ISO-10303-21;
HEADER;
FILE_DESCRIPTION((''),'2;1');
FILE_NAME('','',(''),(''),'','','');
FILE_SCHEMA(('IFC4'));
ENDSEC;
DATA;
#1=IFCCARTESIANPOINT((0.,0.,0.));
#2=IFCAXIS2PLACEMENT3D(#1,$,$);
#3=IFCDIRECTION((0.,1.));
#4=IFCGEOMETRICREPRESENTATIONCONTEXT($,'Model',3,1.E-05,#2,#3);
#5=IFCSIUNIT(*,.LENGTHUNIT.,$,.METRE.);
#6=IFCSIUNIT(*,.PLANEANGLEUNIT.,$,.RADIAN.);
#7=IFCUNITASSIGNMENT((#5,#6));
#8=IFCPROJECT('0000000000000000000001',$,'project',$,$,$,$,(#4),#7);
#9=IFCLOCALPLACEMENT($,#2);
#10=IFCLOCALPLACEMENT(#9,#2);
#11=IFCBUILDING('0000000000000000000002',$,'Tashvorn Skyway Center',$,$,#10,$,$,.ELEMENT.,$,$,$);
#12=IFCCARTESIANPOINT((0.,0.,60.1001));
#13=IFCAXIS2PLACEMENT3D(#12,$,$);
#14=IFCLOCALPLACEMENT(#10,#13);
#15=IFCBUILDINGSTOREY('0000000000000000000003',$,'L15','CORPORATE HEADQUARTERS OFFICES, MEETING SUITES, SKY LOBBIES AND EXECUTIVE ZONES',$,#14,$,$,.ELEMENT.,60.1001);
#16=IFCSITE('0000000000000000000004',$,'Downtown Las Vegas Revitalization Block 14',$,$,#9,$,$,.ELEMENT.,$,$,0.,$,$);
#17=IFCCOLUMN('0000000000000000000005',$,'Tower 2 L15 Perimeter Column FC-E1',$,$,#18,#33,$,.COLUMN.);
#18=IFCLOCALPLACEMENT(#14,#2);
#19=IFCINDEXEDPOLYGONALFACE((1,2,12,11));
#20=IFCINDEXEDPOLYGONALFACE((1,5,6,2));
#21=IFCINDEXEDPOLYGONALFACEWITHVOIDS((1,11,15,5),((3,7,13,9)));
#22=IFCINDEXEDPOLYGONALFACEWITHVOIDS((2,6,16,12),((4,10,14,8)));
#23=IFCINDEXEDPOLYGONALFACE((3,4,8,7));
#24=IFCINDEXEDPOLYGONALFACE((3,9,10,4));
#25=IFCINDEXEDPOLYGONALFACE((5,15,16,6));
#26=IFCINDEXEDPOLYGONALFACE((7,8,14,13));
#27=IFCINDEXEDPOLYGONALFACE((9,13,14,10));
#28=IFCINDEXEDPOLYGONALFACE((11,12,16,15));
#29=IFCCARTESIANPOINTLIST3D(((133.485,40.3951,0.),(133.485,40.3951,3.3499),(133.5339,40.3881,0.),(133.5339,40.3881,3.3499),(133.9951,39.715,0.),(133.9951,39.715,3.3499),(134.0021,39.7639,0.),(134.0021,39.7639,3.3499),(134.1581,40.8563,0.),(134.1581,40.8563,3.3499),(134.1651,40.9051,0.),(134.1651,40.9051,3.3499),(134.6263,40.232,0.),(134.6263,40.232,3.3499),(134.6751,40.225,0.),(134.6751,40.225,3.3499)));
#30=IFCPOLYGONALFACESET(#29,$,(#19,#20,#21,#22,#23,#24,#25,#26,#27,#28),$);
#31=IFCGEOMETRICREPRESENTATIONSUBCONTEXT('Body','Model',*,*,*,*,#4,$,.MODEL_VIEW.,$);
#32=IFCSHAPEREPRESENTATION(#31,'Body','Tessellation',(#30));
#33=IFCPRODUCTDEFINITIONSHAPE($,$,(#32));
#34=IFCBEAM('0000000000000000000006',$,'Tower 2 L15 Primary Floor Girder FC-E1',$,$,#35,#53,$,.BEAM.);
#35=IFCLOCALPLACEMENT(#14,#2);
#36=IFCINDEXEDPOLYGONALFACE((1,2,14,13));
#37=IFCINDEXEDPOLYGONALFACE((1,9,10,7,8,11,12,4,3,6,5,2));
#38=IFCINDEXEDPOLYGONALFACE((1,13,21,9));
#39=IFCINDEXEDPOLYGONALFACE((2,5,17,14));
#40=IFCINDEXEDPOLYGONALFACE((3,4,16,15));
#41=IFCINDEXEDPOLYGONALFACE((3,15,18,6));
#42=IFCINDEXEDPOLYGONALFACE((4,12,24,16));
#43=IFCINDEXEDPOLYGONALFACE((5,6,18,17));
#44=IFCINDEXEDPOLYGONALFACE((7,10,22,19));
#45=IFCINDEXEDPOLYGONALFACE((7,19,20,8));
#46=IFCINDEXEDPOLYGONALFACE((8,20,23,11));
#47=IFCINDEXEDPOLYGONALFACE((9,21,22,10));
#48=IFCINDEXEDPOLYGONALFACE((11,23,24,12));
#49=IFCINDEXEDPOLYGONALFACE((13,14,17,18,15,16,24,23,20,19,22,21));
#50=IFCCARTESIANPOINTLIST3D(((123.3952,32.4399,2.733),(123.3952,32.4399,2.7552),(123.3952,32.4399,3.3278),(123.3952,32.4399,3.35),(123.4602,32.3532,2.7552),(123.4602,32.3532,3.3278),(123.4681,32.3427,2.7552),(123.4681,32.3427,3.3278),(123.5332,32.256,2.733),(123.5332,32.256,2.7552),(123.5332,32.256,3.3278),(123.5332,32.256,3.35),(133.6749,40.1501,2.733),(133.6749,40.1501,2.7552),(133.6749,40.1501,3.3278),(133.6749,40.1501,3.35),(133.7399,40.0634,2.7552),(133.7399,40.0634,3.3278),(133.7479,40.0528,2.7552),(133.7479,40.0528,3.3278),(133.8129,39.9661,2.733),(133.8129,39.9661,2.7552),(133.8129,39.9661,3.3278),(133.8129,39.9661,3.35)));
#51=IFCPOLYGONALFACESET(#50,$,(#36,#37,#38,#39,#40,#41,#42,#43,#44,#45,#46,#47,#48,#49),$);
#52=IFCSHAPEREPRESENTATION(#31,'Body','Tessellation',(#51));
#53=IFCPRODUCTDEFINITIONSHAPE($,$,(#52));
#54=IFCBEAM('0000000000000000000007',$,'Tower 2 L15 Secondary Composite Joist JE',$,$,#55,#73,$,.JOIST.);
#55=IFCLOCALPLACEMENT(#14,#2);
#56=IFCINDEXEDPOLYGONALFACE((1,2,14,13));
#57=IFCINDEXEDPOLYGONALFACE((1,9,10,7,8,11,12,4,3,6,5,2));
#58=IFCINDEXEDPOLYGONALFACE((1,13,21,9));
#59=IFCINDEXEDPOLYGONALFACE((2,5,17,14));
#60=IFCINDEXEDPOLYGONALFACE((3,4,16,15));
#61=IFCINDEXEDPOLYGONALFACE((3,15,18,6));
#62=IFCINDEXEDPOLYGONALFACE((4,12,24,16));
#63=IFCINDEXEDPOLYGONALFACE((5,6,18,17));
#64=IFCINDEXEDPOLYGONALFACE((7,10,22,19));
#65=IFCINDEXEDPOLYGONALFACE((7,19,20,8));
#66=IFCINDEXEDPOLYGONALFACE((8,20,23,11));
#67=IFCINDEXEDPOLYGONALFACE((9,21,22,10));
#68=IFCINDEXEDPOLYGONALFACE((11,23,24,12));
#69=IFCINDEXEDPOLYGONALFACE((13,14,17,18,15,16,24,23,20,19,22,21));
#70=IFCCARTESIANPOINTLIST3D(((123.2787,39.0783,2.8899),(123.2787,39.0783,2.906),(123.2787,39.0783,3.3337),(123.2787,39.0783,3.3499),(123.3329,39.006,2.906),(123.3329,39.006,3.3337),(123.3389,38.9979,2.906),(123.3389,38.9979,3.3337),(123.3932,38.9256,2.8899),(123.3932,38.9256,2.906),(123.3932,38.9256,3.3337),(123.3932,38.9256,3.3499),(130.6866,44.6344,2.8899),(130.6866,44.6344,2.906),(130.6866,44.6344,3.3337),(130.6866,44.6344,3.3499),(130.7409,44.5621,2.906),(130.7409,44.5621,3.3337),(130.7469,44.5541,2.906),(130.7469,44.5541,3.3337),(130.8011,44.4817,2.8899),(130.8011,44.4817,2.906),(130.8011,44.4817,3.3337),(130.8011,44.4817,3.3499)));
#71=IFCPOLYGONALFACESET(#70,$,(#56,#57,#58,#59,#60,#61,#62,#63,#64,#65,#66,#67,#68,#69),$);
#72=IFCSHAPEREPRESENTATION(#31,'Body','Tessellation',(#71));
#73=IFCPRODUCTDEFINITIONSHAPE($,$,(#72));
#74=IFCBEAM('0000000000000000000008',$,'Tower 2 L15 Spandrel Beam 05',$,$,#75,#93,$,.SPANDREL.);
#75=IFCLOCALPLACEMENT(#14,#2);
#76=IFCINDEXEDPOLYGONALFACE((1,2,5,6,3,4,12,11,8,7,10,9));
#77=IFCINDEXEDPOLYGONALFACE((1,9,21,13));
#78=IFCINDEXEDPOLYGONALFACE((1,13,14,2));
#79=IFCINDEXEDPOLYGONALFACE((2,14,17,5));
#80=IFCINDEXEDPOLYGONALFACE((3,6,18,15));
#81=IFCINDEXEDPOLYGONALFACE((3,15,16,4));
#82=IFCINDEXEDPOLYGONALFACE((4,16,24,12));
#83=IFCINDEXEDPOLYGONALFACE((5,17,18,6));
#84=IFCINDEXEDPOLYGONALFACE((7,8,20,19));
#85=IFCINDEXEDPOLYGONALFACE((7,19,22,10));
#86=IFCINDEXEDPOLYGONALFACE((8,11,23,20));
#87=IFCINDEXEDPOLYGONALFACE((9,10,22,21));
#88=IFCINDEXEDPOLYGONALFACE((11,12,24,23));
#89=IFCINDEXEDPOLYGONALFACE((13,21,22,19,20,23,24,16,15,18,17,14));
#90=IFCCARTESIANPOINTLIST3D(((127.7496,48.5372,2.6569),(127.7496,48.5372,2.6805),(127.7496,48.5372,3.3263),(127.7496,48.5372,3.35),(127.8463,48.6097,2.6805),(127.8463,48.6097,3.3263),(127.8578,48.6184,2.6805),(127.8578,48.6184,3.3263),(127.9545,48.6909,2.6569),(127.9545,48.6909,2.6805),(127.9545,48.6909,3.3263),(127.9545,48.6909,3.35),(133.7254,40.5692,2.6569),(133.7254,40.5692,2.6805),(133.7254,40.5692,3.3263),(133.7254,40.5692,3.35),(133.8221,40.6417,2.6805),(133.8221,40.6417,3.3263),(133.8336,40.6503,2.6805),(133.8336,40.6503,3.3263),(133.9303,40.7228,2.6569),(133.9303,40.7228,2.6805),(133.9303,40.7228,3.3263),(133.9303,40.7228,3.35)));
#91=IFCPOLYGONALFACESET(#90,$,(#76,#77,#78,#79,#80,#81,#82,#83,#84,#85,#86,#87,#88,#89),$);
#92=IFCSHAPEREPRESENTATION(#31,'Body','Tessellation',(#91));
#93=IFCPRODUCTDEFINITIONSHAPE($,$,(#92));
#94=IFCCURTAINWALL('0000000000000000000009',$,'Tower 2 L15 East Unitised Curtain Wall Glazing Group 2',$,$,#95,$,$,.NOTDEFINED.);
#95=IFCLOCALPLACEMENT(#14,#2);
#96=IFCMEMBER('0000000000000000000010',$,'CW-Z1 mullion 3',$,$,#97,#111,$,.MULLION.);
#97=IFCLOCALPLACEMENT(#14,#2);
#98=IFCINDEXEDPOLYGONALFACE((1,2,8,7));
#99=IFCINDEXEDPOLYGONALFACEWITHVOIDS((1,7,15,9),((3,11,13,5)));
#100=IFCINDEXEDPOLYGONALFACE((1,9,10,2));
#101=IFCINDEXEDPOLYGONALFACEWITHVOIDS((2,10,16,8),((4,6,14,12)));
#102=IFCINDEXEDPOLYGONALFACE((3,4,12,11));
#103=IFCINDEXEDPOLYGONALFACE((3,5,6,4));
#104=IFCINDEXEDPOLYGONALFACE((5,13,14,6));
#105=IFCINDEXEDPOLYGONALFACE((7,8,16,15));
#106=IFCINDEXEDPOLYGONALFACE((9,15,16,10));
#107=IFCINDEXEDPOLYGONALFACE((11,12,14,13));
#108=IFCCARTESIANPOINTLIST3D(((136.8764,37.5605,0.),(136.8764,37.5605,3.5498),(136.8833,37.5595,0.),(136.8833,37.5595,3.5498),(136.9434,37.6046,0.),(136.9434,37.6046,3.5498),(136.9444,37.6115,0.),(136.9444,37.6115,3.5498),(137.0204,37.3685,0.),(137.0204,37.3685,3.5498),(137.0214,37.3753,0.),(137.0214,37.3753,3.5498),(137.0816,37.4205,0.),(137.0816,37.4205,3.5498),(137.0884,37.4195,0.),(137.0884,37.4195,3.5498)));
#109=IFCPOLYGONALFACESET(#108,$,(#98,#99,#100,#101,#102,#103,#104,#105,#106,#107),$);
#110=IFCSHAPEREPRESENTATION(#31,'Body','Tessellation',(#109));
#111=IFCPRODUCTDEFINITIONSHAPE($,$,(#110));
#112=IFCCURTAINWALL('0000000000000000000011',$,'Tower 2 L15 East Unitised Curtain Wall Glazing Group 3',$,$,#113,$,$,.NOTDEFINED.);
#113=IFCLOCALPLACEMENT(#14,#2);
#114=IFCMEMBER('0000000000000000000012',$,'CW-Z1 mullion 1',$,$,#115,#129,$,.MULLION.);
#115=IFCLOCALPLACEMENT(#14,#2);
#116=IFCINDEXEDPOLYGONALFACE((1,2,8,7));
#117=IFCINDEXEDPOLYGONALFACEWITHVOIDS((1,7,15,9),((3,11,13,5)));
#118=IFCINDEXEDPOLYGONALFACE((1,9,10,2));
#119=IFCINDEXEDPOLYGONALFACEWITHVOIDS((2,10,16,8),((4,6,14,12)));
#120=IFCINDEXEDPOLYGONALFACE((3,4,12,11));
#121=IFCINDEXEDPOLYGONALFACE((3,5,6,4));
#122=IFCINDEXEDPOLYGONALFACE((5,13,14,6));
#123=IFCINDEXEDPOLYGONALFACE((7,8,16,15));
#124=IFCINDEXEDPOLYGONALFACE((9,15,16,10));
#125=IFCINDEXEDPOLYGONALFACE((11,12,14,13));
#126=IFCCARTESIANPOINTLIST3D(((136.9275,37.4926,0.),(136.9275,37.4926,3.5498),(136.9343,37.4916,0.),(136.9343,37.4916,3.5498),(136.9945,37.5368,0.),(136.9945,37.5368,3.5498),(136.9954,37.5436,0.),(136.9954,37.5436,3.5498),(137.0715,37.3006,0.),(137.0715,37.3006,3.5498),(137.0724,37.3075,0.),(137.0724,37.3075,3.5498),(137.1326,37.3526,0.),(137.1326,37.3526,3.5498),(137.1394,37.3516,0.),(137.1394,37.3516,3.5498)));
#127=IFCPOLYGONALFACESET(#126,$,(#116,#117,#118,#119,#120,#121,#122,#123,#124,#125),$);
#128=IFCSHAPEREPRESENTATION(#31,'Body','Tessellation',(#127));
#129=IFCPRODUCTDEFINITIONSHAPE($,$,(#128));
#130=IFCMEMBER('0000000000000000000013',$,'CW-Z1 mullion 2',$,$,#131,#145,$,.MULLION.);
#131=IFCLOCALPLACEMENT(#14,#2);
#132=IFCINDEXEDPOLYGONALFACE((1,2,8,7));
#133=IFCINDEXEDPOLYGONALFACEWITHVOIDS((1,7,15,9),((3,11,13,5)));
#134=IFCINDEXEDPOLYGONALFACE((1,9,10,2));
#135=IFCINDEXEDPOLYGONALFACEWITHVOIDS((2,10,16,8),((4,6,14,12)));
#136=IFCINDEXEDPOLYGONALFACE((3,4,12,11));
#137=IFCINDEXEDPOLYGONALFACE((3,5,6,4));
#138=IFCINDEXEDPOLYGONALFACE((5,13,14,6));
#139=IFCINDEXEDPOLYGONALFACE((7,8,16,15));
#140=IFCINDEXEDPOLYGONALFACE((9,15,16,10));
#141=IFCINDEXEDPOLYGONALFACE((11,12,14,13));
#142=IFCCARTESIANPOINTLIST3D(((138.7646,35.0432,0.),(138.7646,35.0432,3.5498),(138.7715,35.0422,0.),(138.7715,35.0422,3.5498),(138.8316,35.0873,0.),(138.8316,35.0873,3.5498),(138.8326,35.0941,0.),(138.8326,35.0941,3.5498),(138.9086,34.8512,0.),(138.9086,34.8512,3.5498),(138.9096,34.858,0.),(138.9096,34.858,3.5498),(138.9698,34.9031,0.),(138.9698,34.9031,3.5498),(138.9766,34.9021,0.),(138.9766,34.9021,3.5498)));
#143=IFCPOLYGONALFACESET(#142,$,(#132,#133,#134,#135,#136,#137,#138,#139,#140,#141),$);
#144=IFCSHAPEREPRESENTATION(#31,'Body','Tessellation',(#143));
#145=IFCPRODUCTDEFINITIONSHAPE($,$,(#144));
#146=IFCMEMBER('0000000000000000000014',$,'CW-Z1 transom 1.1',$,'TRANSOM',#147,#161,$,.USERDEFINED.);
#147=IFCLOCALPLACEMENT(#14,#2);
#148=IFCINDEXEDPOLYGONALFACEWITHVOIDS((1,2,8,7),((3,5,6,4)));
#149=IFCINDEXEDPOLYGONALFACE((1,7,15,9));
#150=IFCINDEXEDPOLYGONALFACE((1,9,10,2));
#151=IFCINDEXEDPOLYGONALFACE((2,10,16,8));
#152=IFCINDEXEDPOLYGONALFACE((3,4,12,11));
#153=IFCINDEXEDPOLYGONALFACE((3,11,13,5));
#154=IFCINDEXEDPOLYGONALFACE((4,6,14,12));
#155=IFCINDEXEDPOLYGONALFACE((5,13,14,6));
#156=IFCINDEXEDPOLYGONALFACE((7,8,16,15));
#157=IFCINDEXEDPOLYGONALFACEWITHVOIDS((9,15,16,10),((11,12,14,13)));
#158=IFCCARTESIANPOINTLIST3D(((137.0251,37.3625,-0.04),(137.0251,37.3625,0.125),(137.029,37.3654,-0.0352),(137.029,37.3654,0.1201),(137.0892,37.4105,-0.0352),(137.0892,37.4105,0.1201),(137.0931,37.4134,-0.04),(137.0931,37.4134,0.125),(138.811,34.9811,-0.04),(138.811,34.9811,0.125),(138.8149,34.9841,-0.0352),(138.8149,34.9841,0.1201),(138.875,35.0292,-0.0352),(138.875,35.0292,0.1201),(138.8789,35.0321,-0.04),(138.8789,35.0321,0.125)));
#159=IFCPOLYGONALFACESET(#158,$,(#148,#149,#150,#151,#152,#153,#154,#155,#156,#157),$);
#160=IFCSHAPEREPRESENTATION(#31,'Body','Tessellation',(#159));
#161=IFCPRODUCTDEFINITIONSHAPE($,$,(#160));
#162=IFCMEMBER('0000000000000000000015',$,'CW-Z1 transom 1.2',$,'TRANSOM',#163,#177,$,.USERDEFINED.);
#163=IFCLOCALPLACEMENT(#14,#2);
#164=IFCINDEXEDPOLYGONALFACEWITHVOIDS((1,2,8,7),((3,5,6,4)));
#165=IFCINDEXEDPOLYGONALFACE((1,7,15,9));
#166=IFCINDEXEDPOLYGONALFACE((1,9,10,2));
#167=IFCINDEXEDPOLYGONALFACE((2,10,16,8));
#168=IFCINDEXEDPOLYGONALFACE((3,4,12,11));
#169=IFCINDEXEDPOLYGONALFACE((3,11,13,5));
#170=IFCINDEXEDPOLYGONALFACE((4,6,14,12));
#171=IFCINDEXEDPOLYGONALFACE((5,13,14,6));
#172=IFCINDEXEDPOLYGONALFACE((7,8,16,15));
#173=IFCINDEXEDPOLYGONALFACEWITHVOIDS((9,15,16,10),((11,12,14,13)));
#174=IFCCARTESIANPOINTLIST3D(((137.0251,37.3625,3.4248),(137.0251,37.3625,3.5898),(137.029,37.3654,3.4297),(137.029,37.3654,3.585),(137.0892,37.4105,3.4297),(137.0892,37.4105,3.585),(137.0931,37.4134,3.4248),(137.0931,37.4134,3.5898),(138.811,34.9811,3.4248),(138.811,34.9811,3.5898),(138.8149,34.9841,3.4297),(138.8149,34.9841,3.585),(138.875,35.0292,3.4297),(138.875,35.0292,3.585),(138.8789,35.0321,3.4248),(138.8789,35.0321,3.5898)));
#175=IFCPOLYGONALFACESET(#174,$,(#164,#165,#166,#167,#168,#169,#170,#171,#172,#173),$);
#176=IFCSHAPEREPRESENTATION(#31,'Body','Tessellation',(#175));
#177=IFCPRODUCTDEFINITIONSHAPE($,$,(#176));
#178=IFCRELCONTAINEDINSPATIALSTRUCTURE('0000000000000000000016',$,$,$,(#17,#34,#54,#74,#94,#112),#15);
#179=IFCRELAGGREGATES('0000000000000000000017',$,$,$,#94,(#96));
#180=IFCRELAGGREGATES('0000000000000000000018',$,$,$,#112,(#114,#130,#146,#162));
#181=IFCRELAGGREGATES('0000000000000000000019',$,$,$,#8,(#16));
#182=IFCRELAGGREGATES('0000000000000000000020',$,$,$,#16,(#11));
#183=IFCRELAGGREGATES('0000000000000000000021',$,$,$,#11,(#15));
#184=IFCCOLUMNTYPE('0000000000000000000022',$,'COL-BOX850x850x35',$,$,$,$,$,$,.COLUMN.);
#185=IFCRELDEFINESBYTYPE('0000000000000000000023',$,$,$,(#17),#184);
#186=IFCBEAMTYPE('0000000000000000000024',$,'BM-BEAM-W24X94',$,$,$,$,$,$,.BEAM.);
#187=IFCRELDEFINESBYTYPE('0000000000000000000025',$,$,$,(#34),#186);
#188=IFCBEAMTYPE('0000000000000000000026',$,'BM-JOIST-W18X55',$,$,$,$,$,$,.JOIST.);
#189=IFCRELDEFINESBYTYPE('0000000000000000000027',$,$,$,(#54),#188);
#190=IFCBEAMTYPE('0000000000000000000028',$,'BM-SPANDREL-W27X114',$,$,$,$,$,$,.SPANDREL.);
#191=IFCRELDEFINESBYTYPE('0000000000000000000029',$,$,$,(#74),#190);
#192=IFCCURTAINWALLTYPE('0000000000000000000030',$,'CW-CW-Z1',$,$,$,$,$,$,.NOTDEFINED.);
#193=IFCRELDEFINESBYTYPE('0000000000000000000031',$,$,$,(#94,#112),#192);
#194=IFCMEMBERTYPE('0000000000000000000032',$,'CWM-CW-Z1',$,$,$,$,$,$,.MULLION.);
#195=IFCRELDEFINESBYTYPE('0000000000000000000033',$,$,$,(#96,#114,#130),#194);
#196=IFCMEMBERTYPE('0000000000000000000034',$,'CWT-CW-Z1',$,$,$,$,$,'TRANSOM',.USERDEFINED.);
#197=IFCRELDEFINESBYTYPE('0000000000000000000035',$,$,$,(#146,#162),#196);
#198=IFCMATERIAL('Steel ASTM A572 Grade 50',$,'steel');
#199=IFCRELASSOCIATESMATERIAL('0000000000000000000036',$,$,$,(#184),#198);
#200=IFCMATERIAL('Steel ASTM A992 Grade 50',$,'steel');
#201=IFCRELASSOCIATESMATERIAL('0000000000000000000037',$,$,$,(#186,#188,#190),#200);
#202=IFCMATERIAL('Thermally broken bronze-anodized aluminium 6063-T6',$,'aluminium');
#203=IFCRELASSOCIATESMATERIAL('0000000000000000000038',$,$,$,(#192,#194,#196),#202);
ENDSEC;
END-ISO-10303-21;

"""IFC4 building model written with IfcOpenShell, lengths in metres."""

from ifc_helpers import new_model, si_unit, direction, frame, origin, origin_2d, place, context, subcontext, project, spatial, hollow_rectangle, i_section, extrude, material, material_profile, profile_set, type_object, element, aggregate, save


model = new_model("IFC4")

# Units and contexts
model_context = context("Model", 3, precision=1e-05, world=origin(), true_north=direction((0.0, 1.0)))
body_context = subcontext(model_context, "Body", "Model", "MODEL_VIEW")
ifc_project = project(units=[si_unit("LENGTHUNIT", "METRE"), si_unit("PLANEANGLEUNIT", "RADIAN")], contexts=[model_context])

# Site, building, storey
site_placement = place(None, origin())
site = spatial("IfcSite", under=ifc_project, at=site_placement, Name="Downtown Las Vegas Revitalization Block 14", CompositionType="ELEMENT", RefElevation=0.0)
building_placement = place(site_placement, origin())
building = spatial("IfcBuilding", under=site, at=building_placement, Name="Tashvorn Skyway Center", CompositionType="ELEMENT")
storey_placement = place(building_placement, frame((0.0, 0.0, 60.1001)))
storey = spatial("IfcBuildingStorey", under=building, at=storey_placement, Name="L15", Description="CORPORATE HEADQUARTERS OFFICES, MEETING SUITES, SKY LOBBIES AND EXECUTIVE ZONES", CompositionType="ELEMENT", Elevation=60.1001)

# Column
ifc_material_1 = material(Name="Steel ASTM A572 Grade 50", Category="steel")
ifc_material_profile_1 = material_profile(ifc_material_1, hollow_rectangle(XDim=0.8501, YDim=0.8501, WallThickness=0.0349, at=origin_2d()), Name="BOX850x850x35")
ifc_profile_set_1 = profile_set([ifc_material_profile_1], Name="Steel ASTM A572 Grade 50")
column_type = type_object("IfcColumnType", Name="COL-BOX850x850x35", PredefinedType="COLUMN", material=ifc_profile_set_1)
column_placement = place(storey_placement, frame((134.0801, 40.3101, 0.0), z_axis=(0.0, 0.0, 1.0), x_axis=(0.8, 0.6, 0.0)))
element("IfcColumn", 1, at=column_placement, inside=storey, type_object=column_type, Name="Tower 2 L15 Perimeter Column FC-E1", PredefinedType="COLUMN", context=body_context, shape_type="SweptSolid", body=[
    extrude(hollow_rectangle(XDim=0.8501, YDim=0.8501, WallThickness=0.0349, at=origin_2d()), origin(), (0.0, 0.0, 1.0), 3.3499),
])

# Beams
ifc_material_2 = material(Name="Steel ASTM A992 Grade 50", Category="steel")
ifc_material_profile_2 = material_profile(ifc_material_2, i_section(OverallWidth=0.23, OverallDepth=0.6169, WebThickness=0.0132, FlangeThickness=0.0222, at=origin_2d()), Name="W24X94")
ifc_profile_set_2 = profile_set([ifc_material_profile_2], Name="Steel ASTM A992 Grade 50")
beam_type_1 = type_object("IfcBeamType", Name="BM-BEAM-W24X94", PredefinedType="BEAM", material=ifc_profile_set_2)
beam_1_placement = place(storey_placement, frame((133.7439, 40.0581, 3.0415), z_axis=(-0.799986, -0.600018, 0.0), x_axis=(0.600018, -0.799986, 0.0)))
element("IfcBeam", 2, at=beam_1_placement, inside=storey, type_object=beam_type_1, Name="Tower 2 L15 Primary Floor Girder FC-E1", PredefinedType="BEAM", context=body_context, shape_type="SweptSolid", body=[
    extrude(i_section(OverallWidth=0.23, OverallDepth=0.6169, WebThickness=0.0132, FlangeThickness=0.0222, at=origin_2d()), origin(), (0.0, 0.0, 1.0), 12.8499),
])
ifc_material_profile_3 = material_profile(ifc_material_2, i_section(OverallWidth=0.1909, OverallDepth=0.46, WebThickness=0.01, FlangeThickness=0.0161, at=origin_2d()), Name="W18X55")
ifc_profile_set_3 = profile_set([ifc_material_profile_3], Name="Steel ASTM A992 Grade 50")
beam_type_2 = type_object("IfcBeamType", Name="BM-JOIST-W18X55", PredefinedType="JOIST", material=ifc_profile_set_3)
beam_2_placement = place(storey_placement, frame((123.3359, 39.002, 3.1199), z_axis=(0.799991, 0.600013, 0.0), x_axis=(-0.600013, 0.799991, 0.0)))
element("IfcBeam", 3, at=beam_2_placement, inside=storey, type_object=beam_type_2, Name="Tower 2 L15 Secondary Composite Joist JE", PredefinedType="JOIST", context=body_context, shape_type="SweptSolid", body=[
    extrude(i_section(OverallWidth=0.1909, OverallDepth=0.46, WebThickness=0.01, FlangeThickness=0.0161, at=origin_2d()), origin(), (0.0, 0.0, 1.0), 9.26),
])
ifc_material_profile_4 = material_profile(ifc_material_2, i_section(OverallWidth=0.2561, OverallDepth=0.6931, WebThickness=0.0144, FlangeThickness=0.0237, at=origin_2d()), Name="W27X114")
ifc_profile_set_4 = profile_set([ifc_material_profile_4], Name="Steel ASTM A992 Grade 50")
beam_type_3 = type_object("IfcBeamType", Name="BM-SPANDREL-W27X114", PredefinedType="SPANDREL", material=ifc_profile_set_4)
beam_3_placement = place(storey_placement, frame((133.8279, 40.646, 3.0034), z_axis=(-0.599988, 0.800009, 0.0), x_axis=(-0.800009, -0.599988, 0.0)))
element("IfcBeam", 4, at=beam_3_placement, inside=storey, type_object=beam_type_3, Name="Tower 2 L15 Spandrel Beam 05", PredefinedType="SPANDREL", context=body_context, shape_type="SweptSolid", body=[
    extrude(i_section(OverallWidth=0.2561, OverallDepth=0.6931, WebThickness=0.0144, FlangeThickness=0.0237, at=origin_2d()), origin(), (0.0, 0.0, 1.0), 9.96),
])

# Curtain wall, member
ifc_material_3 = material(Name="Thermally broken bronze-anodized aluminium 6063-T6", Category="aluminium")
curtain_wall_type = type_object("IfcCurtainWallType", Name="CW-CW-Z1", PredefinedType="NOTDEFINED", material=ifc_material_3)
curtain_wall_1_placement = place(storey_placement, origin())
curtain_wall_1 = element("IfcCurtainWall", 5, at=curtain_wall_1_placement, inside=storey, type_object=curtain_wall_type, Name="Tower 2 L15 East Unitised Curtain Wall Glazing Group 2", PredefinedType="NOTDEFINED")
ifc_material_profile_5 = material_profile(ifc_material_3, hollow_rectangle(XDim=0.085, YDim=0.24, WallThickness=0.0049, at=origin_2d()), Name="ALU-MULL-85x240")
ifc_profile_set_5 = profile_set([ifc_material_profile_5], Name="Thermally broken bronze-anodized aluminium 6063-T6")
member_type_1 = type_object("IfcMemberType", Name="CWM-CW-Z1", PredefinedType="MULLION", material=ifc_profile_set_5)
member_1_placement = place(storey_placement, frame((136.9824, 37.49, 0.0), z_axis=(0.0, 0.0, 1.0), x_axis=(0.8, 0.6, 0.0)))
member_1 = element("IfcMember", 6, at=member_1_placement, type_object=member_type_1, Name="CW-Z1 mullion 3", PredefinedType="MULLION", context=body_context, shape_type="SweptSolid", body=[
    extrude(hollow_rectangle(XDim=0.085, YDim=0.24, WallThickness=0.0049, at=origin_2d()), origin(), (0.0, 0.0, 1.0), 3.5498),
])
aggregate(curtain_wall_1, [member_1])

# Curtain wall, members
curtain_wall_2_placement = place(storey_placement, origin())
curtain_wall_2 = element("IfcCurtainWall", 7, at=curtain_wall_2_placement, inside=storey, type_object=curtain_wall_type, Name="Tower 2 L15 East Unitised Curtain Wall Glazing Group 3", PredefinedType="NOTDEFINED")
member_2_placement = place(storey_placement, frame((137.0334, 37.4221, 0.0), z_axis=(0.0, 0.0, 1.0), x_axis=(0.799996, 0.600005, 0.0)))
member_2 = element("IfcMember", 8, at=member_2_placement, type_object=member_type_1, Name="CW-Z1 mullion 1", PredefinedType="MULLION", context=body_context, shape_type="SweptSolid", body=[
    extrude(hollow_rectangle(XDim=0.085, YDim=0.24, WallThickness=0.0049, at=origin_2d()), origin(), (0.0, 0.0, 1.0), 3.5498),
])
member_3_placement = place(storey_placement, frame((138.8706, 34.9727, 0.0), z_axis=(0.0, 0.0, 1.0), x_axis=(0.799996, 0.600005, 0.0)))
member_3 = element("IfcMember", 9, at=member_3_placement, type_object=member_type_1, Name="CW-Z1 mullion 2", PredefinedType="MULLION", context=body_context, shape_type="SweptSolid", body=[
    extrude(hollow_rectangle(XDim=0.085, YDim=0.24, WallThickness=0.0049, at=origin_2d()), origin(), (0.0, 0.0, 1.0), 3.5498),
])
ifc_material_profile_6 = material_profile(ifc_material_3, hollow_rectangle(XDim=0.085, YDim=0.165, WallThickness=0.0049, at=origin_2d()), Name="ALU-TRAN-85x165")
ifc_profile_set_6 = profile_set([ifc_material_profile_6], Name="Thermally broken bronze-anodized aluminium 6063-T6")
member_type_2 = type_object("IfcMemberType", Name="CWT-CW-Z1", ElementType="TRANSOM", PredefinedType="USERDEFINED", material=ifc_profile_set_6)
member_4_placement = place(storey_placement, frame((137.0591, 37.3879, 0.0425), z_axis=(0.599974, -0.80002, 0.0), x_axis=(0.80002, 0.599974, 0.0)))
member_4 = element("IfcMember", 10, at=member_4_placement, type_object=member_type_2, Name="CW-Z1 transom 1.1", ObjectType="TRANSOM", PredefinedType="USERDEFINED", context=body_context, shape_type="SweptSolid", body=[
    extrude(hollow_rectangle(XDim=0.085, YDim=0.165, WallThickness=0.0049, at=origin_2d()), origin(), (0.0, 0.0, 1.0), 2.9766),
])
member_5_placement = place(storey_placement, frame((137.0591, 37.3879, 3.5073), z_axis=(0.599974, -0.80002, 0.0), x_axis=(0.80002, 0.599974, 0.0)))
member_5 = element("IfcMember", 11, at=member_5_placement, type_object=member_type_2, Name="CW-Z1 transom 1.2", ObjectType="TRANSOM", PredefinedType="USERDEFINED", context=body_context, shape_type="SweptSolid", body=[
    extrude(hollow_rectangle(XDim=0.085, YDim=0.165, WallThickness=0.0049, at=origin_2d()), origin(), (0.0, 0.0, 1.0), 2.9766),
])
aggregate(curtain_wall_2, [member_2, member_3, member_4, member_5])

save(model, "model.ifc")
